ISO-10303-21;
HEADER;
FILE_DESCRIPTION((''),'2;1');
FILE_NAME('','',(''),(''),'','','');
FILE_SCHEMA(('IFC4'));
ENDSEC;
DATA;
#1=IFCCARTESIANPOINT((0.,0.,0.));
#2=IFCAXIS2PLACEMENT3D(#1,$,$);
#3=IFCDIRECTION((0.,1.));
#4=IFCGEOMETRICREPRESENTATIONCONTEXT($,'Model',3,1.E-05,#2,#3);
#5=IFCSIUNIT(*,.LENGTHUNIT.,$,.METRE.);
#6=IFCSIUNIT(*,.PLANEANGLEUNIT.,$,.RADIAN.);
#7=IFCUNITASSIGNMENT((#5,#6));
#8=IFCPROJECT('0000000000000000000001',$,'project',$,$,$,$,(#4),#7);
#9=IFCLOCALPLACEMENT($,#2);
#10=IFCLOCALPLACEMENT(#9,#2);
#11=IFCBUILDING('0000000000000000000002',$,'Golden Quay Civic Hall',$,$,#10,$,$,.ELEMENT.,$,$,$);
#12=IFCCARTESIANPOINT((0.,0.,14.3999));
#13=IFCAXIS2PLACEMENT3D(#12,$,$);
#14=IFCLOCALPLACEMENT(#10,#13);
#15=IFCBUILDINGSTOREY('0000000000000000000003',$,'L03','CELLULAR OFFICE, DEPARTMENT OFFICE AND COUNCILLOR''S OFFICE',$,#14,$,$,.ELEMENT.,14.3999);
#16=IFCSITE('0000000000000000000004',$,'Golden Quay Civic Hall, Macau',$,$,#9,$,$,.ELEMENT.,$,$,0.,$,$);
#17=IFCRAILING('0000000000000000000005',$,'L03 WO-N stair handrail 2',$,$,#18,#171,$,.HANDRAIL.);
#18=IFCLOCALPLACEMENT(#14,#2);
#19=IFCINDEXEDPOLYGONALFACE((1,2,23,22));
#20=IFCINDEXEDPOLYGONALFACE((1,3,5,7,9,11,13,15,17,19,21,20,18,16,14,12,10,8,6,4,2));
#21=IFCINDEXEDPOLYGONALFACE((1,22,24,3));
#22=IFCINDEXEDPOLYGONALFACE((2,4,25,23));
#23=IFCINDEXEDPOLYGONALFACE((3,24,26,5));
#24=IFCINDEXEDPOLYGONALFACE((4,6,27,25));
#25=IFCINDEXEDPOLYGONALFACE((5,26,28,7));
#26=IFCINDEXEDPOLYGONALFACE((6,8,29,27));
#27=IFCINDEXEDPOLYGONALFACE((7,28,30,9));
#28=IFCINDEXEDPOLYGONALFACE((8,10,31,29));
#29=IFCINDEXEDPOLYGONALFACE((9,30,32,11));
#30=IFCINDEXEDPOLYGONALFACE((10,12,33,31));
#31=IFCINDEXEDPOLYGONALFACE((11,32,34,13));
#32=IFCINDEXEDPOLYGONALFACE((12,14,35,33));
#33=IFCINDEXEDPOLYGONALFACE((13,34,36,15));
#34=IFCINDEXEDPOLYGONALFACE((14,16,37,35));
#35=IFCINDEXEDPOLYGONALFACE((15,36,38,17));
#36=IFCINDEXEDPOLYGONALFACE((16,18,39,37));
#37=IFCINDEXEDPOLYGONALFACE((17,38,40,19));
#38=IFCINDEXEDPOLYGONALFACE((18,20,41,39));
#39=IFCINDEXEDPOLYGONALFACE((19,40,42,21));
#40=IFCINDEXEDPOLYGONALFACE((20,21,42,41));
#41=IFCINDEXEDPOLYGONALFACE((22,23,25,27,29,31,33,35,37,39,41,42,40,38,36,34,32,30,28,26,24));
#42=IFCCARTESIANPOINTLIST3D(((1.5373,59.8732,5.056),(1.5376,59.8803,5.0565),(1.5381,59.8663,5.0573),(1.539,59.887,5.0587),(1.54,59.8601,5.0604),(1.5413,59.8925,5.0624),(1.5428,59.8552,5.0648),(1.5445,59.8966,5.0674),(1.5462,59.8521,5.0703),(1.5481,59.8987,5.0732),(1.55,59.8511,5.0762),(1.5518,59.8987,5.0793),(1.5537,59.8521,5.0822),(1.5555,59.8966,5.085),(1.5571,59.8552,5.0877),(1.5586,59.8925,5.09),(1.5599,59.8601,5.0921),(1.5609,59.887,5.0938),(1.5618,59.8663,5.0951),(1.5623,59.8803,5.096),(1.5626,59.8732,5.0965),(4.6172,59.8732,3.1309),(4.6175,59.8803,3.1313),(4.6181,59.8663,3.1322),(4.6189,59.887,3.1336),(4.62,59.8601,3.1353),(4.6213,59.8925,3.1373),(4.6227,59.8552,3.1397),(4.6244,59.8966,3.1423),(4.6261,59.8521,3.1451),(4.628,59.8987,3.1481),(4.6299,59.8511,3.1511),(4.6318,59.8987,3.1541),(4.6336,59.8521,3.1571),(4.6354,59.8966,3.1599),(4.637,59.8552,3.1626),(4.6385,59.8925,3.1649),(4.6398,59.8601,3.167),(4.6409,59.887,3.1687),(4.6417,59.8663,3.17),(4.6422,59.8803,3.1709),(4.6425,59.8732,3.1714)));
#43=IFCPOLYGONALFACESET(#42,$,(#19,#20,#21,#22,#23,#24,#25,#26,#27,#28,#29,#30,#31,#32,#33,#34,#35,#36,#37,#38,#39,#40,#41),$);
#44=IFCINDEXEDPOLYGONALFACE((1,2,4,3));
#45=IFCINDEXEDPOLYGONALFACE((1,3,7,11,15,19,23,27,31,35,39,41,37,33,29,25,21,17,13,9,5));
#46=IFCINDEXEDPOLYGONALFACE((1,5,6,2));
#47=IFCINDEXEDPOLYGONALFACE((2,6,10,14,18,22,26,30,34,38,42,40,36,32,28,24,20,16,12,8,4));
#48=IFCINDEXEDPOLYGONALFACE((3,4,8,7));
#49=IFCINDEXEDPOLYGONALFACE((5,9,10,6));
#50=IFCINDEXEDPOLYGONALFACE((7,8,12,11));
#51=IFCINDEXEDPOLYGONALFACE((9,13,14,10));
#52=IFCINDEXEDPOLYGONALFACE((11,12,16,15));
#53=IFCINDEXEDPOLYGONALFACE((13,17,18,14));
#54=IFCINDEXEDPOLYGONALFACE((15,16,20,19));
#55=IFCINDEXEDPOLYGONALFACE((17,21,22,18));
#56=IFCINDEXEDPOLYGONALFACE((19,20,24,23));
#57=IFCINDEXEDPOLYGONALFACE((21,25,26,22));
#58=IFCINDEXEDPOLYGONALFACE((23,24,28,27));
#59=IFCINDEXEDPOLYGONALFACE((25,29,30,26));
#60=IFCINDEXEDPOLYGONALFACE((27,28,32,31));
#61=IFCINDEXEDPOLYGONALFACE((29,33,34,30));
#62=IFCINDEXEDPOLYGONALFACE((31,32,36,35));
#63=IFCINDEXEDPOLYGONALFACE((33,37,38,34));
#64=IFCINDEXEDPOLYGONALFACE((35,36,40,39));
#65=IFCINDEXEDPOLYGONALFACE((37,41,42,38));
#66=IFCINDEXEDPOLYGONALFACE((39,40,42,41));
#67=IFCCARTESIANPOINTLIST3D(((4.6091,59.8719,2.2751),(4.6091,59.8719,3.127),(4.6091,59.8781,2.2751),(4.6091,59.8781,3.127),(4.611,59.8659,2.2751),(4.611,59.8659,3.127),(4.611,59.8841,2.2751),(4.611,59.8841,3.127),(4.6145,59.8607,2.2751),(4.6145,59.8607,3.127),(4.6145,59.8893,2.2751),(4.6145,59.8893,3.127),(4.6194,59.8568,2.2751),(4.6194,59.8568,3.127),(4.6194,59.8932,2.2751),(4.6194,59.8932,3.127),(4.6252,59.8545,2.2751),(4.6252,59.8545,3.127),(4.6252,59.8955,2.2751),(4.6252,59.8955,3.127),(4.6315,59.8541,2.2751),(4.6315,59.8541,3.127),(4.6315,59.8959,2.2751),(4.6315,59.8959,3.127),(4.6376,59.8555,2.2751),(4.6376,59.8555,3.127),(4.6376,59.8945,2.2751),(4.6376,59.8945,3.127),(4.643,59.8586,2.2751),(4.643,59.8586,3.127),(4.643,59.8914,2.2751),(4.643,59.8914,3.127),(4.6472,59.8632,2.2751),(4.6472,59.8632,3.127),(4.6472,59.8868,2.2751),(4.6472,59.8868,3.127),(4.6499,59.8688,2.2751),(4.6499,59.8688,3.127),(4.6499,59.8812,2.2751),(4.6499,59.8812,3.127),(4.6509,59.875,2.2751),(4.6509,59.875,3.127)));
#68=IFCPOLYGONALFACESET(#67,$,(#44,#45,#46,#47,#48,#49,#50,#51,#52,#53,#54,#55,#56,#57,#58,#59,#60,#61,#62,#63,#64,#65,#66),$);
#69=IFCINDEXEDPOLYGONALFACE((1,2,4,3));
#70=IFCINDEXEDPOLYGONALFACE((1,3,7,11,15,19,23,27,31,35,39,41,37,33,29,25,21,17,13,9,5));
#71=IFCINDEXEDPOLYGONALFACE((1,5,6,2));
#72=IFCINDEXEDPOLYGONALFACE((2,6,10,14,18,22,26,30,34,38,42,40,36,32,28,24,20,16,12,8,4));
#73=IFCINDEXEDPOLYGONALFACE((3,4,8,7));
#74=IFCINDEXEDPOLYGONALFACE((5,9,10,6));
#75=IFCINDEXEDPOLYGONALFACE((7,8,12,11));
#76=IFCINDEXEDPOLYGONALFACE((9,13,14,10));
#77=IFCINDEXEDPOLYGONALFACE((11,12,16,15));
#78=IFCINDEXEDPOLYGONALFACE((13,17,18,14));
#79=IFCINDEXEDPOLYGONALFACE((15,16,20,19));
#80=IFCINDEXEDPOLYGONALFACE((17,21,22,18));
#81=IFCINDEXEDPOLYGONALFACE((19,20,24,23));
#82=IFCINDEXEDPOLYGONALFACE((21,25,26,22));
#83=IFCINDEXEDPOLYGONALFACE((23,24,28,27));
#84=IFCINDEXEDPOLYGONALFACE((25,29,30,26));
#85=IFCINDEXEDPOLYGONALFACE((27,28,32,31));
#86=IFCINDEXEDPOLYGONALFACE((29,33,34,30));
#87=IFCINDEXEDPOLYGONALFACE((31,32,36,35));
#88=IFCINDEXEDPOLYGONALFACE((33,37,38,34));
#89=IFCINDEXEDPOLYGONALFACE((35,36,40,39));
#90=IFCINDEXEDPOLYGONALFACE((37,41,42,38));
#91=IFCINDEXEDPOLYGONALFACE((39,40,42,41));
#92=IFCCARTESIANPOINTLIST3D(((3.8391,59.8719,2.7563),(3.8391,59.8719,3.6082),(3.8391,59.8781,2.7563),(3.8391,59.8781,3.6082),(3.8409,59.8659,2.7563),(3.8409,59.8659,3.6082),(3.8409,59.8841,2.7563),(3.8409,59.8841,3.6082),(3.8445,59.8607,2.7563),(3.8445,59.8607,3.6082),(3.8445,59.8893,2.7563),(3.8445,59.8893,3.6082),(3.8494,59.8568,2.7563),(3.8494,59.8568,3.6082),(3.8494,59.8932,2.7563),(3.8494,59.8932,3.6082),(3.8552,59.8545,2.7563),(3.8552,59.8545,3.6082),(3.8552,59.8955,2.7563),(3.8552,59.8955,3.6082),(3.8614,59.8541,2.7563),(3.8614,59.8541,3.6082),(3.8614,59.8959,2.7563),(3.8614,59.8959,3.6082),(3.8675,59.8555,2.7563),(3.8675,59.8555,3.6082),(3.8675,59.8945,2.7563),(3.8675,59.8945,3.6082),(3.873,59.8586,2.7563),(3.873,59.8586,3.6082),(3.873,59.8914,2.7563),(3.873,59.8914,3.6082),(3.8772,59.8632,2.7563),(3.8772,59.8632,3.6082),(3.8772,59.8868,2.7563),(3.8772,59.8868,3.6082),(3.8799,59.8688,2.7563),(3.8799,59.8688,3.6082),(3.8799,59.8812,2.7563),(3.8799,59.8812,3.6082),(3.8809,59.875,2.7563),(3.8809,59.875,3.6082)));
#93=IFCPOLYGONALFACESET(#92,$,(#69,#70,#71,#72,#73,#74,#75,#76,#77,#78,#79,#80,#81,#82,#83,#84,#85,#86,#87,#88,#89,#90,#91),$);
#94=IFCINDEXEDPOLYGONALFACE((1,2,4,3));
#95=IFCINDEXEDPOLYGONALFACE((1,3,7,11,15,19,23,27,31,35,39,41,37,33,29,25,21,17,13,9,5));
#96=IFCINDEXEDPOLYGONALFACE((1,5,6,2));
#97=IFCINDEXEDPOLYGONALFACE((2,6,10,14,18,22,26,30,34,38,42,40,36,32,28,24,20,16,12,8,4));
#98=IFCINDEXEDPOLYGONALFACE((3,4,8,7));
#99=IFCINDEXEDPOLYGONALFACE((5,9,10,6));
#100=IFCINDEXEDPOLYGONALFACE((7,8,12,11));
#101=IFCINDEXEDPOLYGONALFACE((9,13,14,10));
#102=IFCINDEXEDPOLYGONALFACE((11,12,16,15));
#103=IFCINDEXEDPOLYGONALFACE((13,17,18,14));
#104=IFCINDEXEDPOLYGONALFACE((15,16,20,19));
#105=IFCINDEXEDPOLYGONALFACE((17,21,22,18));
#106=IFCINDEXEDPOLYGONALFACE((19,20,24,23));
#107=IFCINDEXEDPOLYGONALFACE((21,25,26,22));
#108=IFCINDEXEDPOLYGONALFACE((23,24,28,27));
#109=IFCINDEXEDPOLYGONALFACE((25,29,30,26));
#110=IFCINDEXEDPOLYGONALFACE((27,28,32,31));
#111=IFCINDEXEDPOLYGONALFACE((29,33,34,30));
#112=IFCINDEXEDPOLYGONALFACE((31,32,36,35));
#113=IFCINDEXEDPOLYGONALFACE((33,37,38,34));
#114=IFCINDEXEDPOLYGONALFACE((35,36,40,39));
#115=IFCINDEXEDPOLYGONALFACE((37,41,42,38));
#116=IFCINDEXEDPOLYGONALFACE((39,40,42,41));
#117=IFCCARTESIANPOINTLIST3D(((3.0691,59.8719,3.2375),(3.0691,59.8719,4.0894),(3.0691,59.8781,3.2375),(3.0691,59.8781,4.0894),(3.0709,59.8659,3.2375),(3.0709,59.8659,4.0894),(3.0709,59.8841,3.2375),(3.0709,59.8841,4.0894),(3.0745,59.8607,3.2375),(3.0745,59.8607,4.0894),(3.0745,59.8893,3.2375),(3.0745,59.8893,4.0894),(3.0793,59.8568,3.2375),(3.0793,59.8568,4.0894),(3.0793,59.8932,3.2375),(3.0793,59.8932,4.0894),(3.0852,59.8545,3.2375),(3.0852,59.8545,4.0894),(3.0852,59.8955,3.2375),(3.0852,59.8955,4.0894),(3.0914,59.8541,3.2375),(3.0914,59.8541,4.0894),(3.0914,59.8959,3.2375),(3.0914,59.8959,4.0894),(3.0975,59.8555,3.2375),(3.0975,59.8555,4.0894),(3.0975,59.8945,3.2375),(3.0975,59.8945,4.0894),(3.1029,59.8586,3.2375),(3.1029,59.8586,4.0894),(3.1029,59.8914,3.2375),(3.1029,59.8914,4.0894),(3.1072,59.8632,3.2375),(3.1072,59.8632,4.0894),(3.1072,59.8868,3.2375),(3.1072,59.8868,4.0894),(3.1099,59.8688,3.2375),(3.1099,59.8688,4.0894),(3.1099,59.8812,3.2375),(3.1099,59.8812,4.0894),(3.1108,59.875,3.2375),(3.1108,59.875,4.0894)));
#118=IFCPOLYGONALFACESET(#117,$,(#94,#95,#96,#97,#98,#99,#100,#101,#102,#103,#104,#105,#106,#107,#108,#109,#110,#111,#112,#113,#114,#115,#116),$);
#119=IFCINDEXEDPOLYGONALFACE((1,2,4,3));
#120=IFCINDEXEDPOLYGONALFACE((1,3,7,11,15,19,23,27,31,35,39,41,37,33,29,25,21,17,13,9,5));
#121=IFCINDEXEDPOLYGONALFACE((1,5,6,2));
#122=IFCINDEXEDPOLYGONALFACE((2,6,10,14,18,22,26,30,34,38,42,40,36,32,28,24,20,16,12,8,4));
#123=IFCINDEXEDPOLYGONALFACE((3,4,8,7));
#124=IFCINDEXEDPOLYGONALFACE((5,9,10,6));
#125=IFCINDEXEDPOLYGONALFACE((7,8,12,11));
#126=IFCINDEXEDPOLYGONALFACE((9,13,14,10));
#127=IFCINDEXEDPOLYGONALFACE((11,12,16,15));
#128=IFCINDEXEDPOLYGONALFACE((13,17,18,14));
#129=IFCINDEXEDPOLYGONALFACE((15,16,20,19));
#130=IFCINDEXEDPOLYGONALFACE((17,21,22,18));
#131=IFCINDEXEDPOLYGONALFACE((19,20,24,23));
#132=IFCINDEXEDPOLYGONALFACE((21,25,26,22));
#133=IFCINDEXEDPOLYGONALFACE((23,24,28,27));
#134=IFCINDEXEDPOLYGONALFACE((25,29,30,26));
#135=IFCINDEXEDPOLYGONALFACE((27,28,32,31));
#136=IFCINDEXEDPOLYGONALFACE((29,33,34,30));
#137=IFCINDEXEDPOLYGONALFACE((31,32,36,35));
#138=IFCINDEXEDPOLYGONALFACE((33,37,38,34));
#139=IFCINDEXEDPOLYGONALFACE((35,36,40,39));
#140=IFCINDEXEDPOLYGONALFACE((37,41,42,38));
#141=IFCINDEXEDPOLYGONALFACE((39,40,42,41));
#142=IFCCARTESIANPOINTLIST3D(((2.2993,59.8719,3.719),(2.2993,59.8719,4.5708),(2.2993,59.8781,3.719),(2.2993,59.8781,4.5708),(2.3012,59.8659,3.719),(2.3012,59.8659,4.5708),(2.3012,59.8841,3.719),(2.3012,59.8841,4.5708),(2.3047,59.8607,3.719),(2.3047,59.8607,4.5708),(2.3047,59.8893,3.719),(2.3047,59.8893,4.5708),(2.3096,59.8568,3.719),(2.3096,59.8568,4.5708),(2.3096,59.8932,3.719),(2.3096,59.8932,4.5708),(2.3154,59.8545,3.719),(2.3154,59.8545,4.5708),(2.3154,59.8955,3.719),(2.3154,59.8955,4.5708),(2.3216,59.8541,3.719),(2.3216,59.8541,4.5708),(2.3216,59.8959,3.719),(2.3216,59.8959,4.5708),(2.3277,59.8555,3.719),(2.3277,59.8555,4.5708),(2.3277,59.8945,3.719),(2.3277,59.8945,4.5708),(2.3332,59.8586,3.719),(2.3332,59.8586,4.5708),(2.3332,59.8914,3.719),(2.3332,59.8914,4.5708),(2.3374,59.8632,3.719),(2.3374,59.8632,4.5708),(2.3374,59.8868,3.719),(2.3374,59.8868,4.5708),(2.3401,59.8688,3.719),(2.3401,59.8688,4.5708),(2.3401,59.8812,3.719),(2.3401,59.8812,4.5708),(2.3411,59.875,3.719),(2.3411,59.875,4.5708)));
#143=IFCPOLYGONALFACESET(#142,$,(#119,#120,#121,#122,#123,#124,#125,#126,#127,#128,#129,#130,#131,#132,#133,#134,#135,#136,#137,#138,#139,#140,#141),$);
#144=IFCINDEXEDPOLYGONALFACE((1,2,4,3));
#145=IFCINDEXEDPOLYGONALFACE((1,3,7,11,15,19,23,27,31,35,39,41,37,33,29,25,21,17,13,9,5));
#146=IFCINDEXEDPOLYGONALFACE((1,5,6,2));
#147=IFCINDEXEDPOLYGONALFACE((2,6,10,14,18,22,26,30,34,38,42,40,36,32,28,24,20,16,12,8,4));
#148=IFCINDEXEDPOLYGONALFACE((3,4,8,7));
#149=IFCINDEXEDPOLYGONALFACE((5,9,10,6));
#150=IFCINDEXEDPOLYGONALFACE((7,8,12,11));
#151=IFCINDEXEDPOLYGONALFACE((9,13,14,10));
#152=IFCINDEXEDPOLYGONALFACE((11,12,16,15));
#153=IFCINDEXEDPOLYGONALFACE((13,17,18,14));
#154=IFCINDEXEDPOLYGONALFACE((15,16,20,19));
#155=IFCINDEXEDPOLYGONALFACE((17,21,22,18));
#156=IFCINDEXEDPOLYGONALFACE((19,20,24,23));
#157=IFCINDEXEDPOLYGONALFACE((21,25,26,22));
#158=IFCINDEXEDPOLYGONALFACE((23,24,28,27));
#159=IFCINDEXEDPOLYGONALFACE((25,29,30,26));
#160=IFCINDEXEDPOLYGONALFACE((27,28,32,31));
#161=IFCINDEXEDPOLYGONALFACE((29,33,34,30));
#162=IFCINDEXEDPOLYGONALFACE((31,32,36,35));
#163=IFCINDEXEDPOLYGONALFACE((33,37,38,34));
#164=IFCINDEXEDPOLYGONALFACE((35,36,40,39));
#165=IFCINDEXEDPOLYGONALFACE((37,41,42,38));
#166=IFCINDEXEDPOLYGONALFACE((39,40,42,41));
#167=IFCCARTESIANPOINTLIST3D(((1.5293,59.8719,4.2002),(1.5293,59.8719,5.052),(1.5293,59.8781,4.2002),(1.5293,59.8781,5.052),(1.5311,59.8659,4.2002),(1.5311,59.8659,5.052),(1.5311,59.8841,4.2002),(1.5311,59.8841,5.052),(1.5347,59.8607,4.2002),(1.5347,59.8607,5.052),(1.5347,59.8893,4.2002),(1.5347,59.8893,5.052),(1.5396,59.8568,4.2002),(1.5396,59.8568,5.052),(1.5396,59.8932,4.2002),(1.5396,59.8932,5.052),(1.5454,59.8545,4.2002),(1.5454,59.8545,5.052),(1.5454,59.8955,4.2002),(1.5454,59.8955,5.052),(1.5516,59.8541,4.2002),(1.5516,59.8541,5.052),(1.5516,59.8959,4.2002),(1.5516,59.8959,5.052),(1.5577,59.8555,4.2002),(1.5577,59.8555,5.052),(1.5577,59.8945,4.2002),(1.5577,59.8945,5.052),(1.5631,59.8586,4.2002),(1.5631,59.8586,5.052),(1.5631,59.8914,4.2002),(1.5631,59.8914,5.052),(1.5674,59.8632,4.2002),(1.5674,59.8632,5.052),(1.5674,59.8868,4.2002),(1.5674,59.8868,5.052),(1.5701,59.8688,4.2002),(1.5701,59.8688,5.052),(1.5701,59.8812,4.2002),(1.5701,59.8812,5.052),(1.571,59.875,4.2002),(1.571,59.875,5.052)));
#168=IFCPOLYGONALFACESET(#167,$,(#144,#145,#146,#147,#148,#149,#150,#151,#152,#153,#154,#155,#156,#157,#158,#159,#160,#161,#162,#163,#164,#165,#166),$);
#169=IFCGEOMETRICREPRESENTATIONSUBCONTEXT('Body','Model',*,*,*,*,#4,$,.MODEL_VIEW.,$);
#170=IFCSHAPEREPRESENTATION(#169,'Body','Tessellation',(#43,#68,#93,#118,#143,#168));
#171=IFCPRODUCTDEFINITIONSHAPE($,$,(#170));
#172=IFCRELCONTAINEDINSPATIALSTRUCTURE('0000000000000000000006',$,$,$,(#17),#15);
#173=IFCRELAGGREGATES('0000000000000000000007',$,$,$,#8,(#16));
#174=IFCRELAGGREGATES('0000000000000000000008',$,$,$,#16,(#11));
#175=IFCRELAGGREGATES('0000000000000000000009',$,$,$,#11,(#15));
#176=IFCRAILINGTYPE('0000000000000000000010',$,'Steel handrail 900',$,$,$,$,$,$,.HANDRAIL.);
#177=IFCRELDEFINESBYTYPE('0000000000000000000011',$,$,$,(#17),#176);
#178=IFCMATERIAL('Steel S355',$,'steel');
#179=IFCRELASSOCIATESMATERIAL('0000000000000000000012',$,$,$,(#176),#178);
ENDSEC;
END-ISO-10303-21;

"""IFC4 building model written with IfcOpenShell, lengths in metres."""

from ifc_helpers import new_model, si_unit, direction, frame, origin, origin_2d, place, context, subcontext, project, spatial, circle, extrude, material, type_object, element, save


model = new_model("IFC4")

# Units and contexts
model_context = context("Model", 3, precision=1e-05, world=origin(), true_north=direction((0.0, 1.0)))
body_context = subcontext(model_context, "Body", "Model", "MODEL_VIEW")
ifc_project = project(units=[si_unit("LENGTHUNIT", "METRE"), si_unit("PLANEANGLEUNIT", "RADIAN")], contexts=[model_context])

# Site, building, storey
site_placement = place(None, origin())
site = spatial("IfcSite", under=ifc_project, at=site_placement, Name="Golden Quay Civic Hall, Macau", CompositionType="ELEMENT", RefElevation=0.0)
building_placement = place(site_placement, origin())
building = spatial("IfcBuilding", under=site, at=building_placement, Name="Golden Quay Civic Hall", CompositionType="ELEMENT")
storey_placement = place(building_placement, frame((0.0, 0.0, 14.3999)))
storey = spatial("IfcBuildingStorey", under=building, at=storey_placement, Name="L03", Description="CELLULAR OFFICE, DEPARTMENT OFFICE AND COUNCILLOR'S OFFICE", CompositionType="ELEMENT", Elevation=14.3999)

# Railing
ifc_material_1 = material(Name="Steel S355", Category="steel")
railing_type_1 = type_object("IfcRailingType", Name="Steel handrail 900", PredefinedType="HANDRAIL", material=ifc_material_1)
railing_1_placement = place(storey_placement, frame((4.6299, 59.875, 2.2751)))
element("IfcRailing", 1, at=railing_1_placement, inside=storey, type_object=railing_type_1, Name="L03 WO-N stair handrail 2", PredefinedType="HANDRAIL", context=body_context, shape_type="SweptSolid", body=[
    extrude(circle(Radius=0.0239, at=origin_2d()), frame((0.0, 0.0, 0.876), z_axis=(-0.847979, 0.0, 0.530029), x_axis=(0.0, -1.0, 0.0)), (0.0, 0.0, 1.0), 3.6321),
    extrude(circle(Radius=0.021, at=origin_2d()), origin(), (0.0, 0.0, 1.0), 0.8518),
    extrude(circle(Radius=0.021, at=origin_2d()), frame((-0.77, 0.0, 0.4812)), (0.0, 0.0, 1.0), 0.8518),
    extrude(circle(Radius=0.021, at=origin_2d()), frame((-1.54, 0.0, 0.9624)), (0.0, 0.0, 1.0), 0.8518),
    extrude(circle(Radius=0.021, at=origin_2d()), frame((-2.3098, 0.0, 1.4438)), (0.0, 0.0, 1.0), 0.8518),
    extrude(circle(Radius=0.021, at=origin_2d()), frame((-3.0798, 0.0, 1.925)), (0.0, 0.0, 1.0), 0.8518),
])

save(model, "model.ifc")
